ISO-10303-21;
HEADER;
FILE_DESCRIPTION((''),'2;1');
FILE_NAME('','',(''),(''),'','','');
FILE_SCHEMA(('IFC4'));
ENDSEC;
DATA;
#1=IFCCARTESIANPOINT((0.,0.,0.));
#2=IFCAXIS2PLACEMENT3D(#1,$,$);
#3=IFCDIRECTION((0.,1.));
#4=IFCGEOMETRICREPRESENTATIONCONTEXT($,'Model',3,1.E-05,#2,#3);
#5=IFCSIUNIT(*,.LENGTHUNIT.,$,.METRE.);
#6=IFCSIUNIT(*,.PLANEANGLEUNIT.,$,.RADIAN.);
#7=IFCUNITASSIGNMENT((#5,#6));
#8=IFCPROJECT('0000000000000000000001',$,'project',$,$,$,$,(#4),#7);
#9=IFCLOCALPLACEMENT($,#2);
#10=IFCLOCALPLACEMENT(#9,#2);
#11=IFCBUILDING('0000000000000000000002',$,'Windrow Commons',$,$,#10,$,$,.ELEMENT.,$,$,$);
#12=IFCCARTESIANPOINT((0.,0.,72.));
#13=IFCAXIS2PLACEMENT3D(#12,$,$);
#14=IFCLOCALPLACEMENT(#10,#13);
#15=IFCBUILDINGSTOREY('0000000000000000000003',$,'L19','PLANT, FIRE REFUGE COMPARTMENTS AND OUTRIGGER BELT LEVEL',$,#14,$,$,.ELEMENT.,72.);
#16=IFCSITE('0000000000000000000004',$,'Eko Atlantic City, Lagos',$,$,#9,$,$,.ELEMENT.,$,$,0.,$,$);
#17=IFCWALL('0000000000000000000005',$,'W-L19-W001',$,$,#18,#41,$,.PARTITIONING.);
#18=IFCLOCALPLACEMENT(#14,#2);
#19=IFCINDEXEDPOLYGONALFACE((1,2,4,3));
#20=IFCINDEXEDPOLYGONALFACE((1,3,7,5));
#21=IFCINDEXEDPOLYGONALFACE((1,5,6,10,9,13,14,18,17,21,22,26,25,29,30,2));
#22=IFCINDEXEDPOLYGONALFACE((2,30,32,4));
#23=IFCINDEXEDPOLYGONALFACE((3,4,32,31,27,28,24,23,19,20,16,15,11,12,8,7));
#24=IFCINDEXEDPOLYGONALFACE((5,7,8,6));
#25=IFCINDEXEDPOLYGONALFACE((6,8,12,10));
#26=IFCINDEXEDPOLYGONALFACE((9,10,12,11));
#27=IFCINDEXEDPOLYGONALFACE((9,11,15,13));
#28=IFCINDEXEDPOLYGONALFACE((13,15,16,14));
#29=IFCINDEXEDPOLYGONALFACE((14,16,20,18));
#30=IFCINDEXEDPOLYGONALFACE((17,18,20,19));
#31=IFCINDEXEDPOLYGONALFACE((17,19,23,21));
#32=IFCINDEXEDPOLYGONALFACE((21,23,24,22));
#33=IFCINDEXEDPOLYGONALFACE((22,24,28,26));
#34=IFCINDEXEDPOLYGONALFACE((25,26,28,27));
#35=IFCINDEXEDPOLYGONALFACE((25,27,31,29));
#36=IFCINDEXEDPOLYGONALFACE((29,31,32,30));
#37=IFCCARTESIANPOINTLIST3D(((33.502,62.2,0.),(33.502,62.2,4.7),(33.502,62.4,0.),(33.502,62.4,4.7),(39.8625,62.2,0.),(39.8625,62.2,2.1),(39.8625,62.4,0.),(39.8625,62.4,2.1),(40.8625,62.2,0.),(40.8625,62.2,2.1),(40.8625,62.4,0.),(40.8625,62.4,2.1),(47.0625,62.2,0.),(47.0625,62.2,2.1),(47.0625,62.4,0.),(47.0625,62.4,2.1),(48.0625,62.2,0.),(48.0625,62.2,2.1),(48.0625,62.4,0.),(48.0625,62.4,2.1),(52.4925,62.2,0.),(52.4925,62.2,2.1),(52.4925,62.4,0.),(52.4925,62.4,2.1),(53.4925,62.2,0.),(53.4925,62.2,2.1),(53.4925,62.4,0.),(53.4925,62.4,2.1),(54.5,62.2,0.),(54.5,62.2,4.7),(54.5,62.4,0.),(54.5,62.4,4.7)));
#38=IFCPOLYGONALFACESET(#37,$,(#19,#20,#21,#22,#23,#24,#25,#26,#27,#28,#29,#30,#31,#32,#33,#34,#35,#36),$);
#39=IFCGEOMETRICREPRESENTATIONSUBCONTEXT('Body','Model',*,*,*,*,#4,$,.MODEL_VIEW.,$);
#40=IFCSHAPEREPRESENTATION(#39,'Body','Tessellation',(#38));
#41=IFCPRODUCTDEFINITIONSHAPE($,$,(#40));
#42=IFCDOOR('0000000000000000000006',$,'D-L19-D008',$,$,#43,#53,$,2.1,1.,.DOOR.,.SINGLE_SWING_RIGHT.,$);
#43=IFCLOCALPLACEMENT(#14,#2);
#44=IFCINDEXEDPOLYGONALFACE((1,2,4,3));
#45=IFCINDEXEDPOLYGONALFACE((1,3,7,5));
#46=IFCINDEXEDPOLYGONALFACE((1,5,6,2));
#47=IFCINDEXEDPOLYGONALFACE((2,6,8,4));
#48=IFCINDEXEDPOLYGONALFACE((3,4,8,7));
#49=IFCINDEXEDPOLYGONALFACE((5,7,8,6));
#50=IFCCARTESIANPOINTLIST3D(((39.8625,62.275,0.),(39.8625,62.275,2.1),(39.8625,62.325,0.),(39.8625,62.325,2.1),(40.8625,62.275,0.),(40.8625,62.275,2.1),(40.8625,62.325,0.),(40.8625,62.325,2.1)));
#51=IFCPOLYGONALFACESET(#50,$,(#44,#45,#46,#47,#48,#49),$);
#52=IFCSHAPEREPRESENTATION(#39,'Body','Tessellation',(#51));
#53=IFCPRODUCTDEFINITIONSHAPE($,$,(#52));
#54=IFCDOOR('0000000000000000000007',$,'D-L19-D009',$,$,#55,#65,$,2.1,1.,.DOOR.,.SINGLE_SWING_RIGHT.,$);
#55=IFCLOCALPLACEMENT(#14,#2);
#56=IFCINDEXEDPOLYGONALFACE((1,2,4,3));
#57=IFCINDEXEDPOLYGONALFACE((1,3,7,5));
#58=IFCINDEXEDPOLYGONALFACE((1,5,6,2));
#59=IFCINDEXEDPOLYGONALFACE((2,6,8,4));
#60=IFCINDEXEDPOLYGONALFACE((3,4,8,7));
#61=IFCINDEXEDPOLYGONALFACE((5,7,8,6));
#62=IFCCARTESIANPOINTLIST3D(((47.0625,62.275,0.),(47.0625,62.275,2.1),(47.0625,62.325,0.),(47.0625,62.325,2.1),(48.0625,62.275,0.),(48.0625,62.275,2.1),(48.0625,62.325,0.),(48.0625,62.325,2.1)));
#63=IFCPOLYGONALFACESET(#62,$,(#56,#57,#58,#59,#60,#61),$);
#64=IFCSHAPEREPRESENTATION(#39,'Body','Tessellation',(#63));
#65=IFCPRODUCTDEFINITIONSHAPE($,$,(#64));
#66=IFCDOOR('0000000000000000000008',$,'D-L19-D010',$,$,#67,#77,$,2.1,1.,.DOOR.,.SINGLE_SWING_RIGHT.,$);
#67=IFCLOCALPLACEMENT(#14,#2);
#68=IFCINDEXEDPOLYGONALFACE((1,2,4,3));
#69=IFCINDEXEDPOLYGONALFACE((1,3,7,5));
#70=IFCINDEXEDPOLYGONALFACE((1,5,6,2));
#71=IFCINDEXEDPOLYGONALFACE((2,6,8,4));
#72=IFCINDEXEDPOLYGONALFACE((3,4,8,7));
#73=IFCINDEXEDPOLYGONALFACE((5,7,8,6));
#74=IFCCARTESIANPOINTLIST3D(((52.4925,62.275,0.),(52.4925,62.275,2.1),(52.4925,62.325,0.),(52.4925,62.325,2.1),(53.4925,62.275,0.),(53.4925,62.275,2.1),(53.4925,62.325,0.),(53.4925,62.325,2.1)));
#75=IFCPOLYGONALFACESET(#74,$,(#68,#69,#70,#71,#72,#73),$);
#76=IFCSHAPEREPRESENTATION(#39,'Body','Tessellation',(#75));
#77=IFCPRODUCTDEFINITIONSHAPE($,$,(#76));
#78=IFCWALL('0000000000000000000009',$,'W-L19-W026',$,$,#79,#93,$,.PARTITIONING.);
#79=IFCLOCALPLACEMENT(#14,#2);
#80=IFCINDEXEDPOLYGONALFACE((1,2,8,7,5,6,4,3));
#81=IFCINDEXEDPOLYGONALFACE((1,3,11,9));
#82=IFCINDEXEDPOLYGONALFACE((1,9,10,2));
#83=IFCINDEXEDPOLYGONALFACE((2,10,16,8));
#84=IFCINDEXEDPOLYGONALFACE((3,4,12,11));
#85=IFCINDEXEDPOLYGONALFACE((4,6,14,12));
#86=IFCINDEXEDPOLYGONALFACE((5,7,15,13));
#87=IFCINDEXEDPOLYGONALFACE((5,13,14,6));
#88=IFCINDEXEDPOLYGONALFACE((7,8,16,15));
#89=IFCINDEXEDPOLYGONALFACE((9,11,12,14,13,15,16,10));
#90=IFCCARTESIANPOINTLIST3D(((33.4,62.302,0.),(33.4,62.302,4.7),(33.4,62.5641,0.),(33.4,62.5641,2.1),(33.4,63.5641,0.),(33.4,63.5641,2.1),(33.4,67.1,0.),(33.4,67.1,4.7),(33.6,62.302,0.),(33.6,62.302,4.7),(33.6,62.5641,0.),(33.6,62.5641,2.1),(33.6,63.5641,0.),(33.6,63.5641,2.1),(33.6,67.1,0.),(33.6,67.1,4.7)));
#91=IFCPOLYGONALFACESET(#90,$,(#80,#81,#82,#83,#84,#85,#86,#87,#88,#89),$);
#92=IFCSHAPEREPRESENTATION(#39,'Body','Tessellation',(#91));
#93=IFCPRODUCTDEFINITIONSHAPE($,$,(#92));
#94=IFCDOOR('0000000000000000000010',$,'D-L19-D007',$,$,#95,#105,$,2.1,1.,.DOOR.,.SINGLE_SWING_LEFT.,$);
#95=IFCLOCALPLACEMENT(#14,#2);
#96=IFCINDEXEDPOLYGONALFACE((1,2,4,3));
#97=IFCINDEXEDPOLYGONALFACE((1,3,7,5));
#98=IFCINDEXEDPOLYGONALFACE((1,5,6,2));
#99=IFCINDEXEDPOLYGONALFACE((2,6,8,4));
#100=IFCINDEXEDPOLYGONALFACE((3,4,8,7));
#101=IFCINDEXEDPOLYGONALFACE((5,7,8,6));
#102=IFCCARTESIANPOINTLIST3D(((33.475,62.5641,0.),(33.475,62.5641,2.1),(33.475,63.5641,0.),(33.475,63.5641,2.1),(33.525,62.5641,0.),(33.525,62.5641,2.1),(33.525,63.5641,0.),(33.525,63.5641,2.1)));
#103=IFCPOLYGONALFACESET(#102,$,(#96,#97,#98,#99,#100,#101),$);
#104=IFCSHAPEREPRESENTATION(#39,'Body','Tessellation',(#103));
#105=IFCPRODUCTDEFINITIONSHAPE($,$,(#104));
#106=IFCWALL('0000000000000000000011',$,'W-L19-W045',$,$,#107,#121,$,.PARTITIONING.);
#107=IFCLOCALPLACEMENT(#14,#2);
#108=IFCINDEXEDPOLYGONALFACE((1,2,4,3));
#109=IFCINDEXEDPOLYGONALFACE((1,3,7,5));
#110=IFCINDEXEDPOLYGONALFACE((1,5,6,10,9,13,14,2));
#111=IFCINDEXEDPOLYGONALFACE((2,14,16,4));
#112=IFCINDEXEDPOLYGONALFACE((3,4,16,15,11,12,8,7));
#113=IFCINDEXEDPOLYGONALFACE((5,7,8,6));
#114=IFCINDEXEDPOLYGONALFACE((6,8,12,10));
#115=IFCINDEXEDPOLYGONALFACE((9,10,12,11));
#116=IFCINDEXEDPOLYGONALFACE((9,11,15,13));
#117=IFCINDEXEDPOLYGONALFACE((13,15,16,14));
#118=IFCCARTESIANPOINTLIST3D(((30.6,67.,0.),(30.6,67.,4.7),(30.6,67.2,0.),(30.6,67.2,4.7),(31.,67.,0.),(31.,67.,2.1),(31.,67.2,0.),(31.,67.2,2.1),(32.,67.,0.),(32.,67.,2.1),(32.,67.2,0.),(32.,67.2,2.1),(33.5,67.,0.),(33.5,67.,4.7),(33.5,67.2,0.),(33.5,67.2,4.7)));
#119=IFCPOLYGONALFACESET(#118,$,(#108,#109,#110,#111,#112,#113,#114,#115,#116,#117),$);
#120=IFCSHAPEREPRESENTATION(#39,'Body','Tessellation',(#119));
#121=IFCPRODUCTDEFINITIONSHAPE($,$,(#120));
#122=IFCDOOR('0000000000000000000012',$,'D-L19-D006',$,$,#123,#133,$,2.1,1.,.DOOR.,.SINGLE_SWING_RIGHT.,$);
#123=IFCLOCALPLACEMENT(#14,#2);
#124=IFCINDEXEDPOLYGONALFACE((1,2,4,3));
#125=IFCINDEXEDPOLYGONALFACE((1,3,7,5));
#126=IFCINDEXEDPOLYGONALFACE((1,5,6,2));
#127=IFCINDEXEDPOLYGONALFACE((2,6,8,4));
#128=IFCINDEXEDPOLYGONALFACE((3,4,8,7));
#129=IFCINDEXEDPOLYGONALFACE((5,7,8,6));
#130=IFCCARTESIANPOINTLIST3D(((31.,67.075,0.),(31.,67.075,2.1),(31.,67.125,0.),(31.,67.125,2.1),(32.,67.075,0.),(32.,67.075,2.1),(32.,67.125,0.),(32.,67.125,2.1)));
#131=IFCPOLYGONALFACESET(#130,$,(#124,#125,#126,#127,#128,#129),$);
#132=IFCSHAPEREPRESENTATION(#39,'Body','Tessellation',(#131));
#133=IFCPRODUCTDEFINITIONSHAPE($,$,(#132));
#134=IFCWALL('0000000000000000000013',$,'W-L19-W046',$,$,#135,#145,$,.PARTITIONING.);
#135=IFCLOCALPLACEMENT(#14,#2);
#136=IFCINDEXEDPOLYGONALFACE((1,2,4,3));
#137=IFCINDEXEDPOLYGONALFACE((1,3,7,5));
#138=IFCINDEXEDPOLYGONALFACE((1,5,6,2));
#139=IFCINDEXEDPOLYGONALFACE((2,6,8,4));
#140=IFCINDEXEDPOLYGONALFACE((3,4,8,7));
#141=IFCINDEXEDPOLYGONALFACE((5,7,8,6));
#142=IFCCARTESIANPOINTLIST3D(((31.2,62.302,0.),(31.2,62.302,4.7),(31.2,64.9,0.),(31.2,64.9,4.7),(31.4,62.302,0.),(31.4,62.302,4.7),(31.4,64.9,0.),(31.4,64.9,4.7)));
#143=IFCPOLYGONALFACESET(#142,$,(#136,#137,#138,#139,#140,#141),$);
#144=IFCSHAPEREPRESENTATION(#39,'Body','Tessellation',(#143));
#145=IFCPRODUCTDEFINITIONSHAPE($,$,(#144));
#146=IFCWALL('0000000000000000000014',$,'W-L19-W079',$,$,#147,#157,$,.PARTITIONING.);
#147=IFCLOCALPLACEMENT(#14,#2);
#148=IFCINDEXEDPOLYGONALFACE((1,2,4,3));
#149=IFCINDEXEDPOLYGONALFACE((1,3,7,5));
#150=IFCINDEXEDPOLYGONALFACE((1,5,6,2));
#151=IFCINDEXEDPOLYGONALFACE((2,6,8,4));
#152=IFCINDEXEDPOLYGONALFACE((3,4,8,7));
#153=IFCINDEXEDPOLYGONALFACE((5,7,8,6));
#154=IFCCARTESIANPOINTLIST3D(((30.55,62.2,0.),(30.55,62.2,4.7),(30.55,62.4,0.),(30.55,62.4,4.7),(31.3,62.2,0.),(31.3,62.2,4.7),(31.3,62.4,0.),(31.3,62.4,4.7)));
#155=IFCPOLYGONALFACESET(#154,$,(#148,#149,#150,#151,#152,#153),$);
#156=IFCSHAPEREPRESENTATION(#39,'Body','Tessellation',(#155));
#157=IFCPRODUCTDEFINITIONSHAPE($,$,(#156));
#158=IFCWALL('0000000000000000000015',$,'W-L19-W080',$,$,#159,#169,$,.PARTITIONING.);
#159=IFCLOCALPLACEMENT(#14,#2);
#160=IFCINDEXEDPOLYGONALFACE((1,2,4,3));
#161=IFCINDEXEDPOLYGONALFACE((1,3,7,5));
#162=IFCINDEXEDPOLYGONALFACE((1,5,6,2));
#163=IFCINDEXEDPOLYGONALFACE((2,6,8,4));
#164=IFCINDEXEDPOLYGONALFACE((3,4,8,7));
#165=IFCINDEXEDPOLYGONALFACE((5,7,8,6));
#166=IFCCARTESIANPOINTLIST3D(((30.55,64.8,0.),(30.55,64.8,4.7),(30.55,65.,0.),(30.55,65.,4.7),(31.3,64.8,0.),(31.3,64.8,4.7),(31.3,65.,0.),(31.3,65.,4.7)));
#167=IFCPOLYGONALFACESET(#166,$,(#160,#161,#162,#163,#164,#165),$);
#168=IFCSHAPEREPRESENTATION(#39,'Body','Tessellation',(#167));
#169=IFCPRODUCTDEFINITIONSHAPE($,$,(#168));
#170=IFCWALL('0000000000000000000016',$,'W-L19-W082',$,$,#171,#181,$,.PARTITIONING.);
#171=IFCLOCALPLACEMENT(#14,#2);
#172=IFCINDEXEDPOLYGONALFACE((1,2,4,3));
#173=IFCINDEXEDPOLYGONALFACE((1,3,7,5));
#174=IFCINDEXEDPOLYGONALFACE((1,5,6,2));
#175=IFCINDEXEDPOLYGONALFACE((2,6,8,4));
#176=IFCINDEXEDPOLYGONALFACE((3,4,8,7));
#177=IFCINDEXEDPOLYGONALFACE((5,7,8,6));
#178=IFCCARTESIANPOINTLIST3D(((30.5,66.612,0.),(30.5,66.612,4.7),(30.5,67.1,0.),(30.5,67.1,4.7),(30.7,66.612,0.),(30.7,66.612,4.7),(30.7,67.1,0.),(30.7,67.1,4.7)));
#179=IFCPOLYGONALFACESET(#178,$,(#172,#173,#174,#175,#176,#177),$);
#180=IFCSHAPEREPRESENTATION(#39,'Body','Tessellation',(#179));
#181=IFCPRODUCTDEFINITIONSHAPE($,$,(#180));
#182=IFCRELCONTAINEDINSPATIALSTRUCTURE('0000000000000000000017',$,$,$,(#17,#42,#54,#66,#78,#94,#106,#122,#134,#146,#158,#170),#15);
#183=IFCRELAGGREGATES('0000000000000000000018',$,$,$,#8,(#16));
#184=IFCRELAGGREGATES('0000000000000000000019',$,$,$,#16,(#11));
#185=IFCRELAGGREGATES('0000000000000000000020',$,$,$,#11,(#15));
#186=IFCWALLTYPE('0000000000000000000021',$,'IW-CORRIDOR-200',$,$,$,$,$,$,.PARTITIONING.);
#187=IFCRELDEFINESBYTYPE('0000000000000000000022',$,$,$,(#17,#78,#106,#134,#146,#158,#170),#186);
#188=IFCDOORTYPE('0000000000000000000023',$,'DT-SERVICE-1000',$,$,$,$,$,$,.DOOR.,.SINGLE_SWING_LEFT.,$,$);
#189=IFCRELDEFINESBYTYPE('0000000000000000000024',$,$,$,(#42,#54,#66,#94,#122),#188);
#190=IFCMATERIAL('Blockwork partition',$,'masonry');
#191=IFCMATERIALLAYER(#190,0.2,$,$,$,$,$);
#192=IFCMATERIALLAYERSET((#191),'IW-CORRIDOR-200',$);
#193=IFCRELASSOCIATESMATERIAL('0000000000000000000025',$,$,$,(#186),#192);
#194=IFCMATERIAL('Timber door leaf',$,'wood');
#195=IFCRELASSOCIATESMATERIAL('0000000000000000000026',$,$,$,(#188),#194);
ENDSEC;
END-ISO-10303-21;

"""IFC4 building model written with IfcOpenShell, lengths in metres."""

from ifc_helpers import new_model, si_unit, direction, frame, frame_2d, origin, place, context, subcontext, project, spatial, rectangle, extrude, material, layer, layer_set, type_object, element, fill, save


model = new_model("IFC4")

# Units and contexts
model_context = context("Model", 3, precision=1e-05, world=origin(), true_north=direction((0.0, 1.0)))
body_context = subcontext(model_context, "Body", "Model", "MODEL_VIEW")
ifc_project = project(units=[si_unit("LENGTHUNIT", "METRE"), si_unit("PLANEANGLEUNIT", "RADIAN")], contexts=[model_context])

# Site, building, storey
site_placement = place(None, origin())
site = spatial("IfcSite", under=ifc_project, at=site_placement, Name="Eko Atlantic City, Lagos", CompositionType="ELEMENT", RefElevation=0.0)
building_placement = place(site_placement, origin())
building = spatial("IfcBuilding", under=site, at=building_placement, Name="Windrow Commons", CompositionType="ELEMENT")
storey_placement = place(building_placement, frame((0.0, 0.0, 72.0)))
storey = spatial("IfcBuildingStorey", under=building, at=storey_placement, Name="L19", Description="PLANT, FIRE REFUGE COMPARTMENTS AND OUTRIGGER BELT LEVEL", CompositionType="ELEMENT", Elevation=72.0)

# Wall, openings, doors
ifc_material_1 = material(Name="Blockwork partition", Category="masonry")
ifc_layer_1 = layer(ifc_material_1, 0.2)
ifc_layer_set_1 = layer_set([ifc_layer_1], Name="IW-CORRIDOR-200")
wall_type_1 = type_object("IfcWallType", Name="IW-CORRIDOR-200", PredefinedType="PARTITIONING", material=ifc_layer_set_1)
wall_1_placement = place(storey_placement, frame((33.502, 62.3, 0.0), z_axis=(0.0, 0.0, 1.0), x_axis=(1.0, 0.0, 0.0)))
wall_1 = element("IfcWall", 1, at=wall_1_placement, inside=storey, type_object=wall_type_1, Name="W-L19-W001", PredefinedType="PARTITIONING", context=body_context, shape_type="SweptSolid", body=[
    extrude(rectangle(XDim=20.998, YDim=0.2, at=frame_2d((10.499, 0.0))), origin(), (0.0, 0.0, 1.0), 4.7),
])
opening_1_placement = place(wall_1_placement, frame((6.3605, 0.0, 0.0)))
opening_1 = element("IfcOpeningElement", 2, at=opening_1_placement, cuts=wall_1, PredefinedType="OPENING", context=body_context, shape_type="SweptSolid", body=[
    extrude(rectangle(XDim=1.0, YDim=2.1, at=frame_2d((0.5, 1.05))), frame((0.0, 0.11, 0.0), z_axis=(0.0, -1.0, 0.0), x_axis=(1.0, 0.0, 0.0)), (0.0, 0.0, 1.0), 0.22),
])
opening_2_placement = place(wall_1_placement, frame((13.5605, 0.0, 0.0)))
opening_2 = element("IfcOpeningElement", 3, at=opening_2_placement, cuts=wall_1, PredefinedType="OPENING", context=body_context, shape_type="SweptSolid", body=[
    extrude(rectangle(XDim=1.0, YDim=2.1, at=frame_2d((0.5, 1.05))), frame((0.0, 0.11, 0.0), z_axis=(0.0, -1.0, 0.0), x_axis=(1.0, 0.0, 0.0)), (0.0, 0.0, 1.0), 0.22),
])
opening_3_placement = place(wall_1_placement, frame((18.9905, 0.0, 0.0)))
opening_3 = element("IfcOpeningElement", 4, at=opening_3_placement, cuts=wall_1, PredefinedType="OPENING", context=body_context, shape_type="SweptSolid", body=[
    extrude(rectangle(XDim=1.0, YDim=2.1, at=frame_2d((0.5, 1.05))), frame((0.0, 0.11, 0.0), z_axis=(0.0, -1.0, 0.0), x_axis=(1.0, 0.0, 0.0)), (0.0, 0.0, 1.0), 0.22),
])
ifc_material_2 = material(Name="Timber door leaf", Category="wood")
door_type = type_object("IfcDoorType", Name="DT-SERVICE-1000", OperationType="SINGLE_SWING_LEFT", PredefinedType="DOOR", material=ifc_material_2)
door_1_placement = place(opening_1_placement, origin())
door_1 = element("IfcDoor", 5, at=door_1_placement, inside=storey, type_object=door_type, Name="D-L19-D008", OperationType="SINGLE_SWING_RIGHT", OverallHeight=2.1, OverallWidth=1.0, PredefinedType="DOOR", context=body_context, shape_type="SweptSolid", body=[
    extrude(rectangle(XDim=1.0, YDim=2.1, at=frame_2d((0.5, 1.05))), frame((0.0, 0.025, 0.0), z_axis=(0.0, -1.0, 0.0), x_axis=(1.0, 0.0, 0.0)), (0.0, 0.0, 1.0), 0.05),
])
fill(opening_1, door_1)
door_2_placement = place(opening_2_placement, origin())
door_2 = element("IfcDoor", 6, at=door_2_placement, inside=storey, type_object=door_type, Name="D-L19-D009", OperationType="SINGLE_SWING_RIGHT", OverallHeight=2.1, OverallWidth=1.0, PredefinedType="DOOR", context=body_context, shape_type="SweptSolid", body=[
    extrude(rectangle(XDim=1.0, YDim=2.1, at=frame_2d((0.5, 1.05))), frame((0.0, 0.025, 0.0), z_axis=(0.0, -1.0, 0.0), x_axis=(1.0, 0.0, 0.0)), (0.0, 0.0, 1.0), 0.05),
])
fill(opening_2, door_2)
door_3_placement = place(opening_3_placement, origin())
door_3 = element("IfcDoor", 7, at=door_3_placement, inside=storey, type_object=door_type, Name="D-L19-D010", OperationType="SINGLE_SWING_RIGHT", OverallHeight=2.1, OverallWidth=1.0, PredefinedType="DOOR", context=body_context, shape_type="SweptSolid", body=[
    extrude(rectangle(XDim=1.0, YDim=2.1, at=frame_2d((0.5, 1.05))), frame((0.0, 0.025, 0.0), z_axis=(0.0, -1.0, 0.0), x_axis=(1.0, 0.0, 0.0)), (0.0, 0.0, 1.0), 0.05),
])
fill(opening_3, door_3)

# Walls, openings, doors
wall_2_placement = place(storey_placement, frame((33.5, 62.302, 0.0), z_axis=(0.0, 0.0, 1.0), x_axis=(0.0, 1.0, 0.0)))
wall_2 = element("IfcWall", 8, at=wall_2_placement, inside=storey, type_object=wall_type_1, Name="W-L19-W026", PredefinedType="PARTITIONING", context=body_context, shape_type="SweptSolid", body=[
    extrude(rectangle(XDim=4.798, YDim=0.2, at=frame_2d((2.399, 0.0))), origin(), (0.0, 0.0, 1.0), 4.7),
])
opening_4_placement = place(wall_2_placement, frame((0.2621, 0.0, 0.0)))
opening_4 = element("IfcOpeningElement", 9, at=opening_4_placement, cuts=wall_2, PredefinedType="OPENING", context=body_context, shape_type="SweptSolid", body=[
    extrude(rectangle(XDim=1.0, YDim=2.1, at=frame_2d((0.5, 1.05))), frame((0.0, 0.11, 0.0), z_axis=(0.0, -1.0, 0.0), x_axis=(1.0, 0.0, 0.0)), (0.0, 0.0, 1.0), 0.22),
])
door_4_placement = place(opening_4_placement, origin())
door_4 = element("IfcDoor", 10, at=door_4_placement, inside=storey, type_object=door_type, Name="D-L19-D007", OperationType="SINGLE_SWING_LEFT", OverallHeight=2.1, OverallWidth=1.0, PredefinedType="DOOR", context=body_context, shape_type="SweptSolid", body=[
    extrude(rectangle(XDim=1.0, YDim=2.1, at=frame_2d((0.5, 1.05))), frame((0.0, 0.025, 0.0), z_axis=(0.0, -1.0, 0.0), x_axis=(1.0, 0.0, 0.0)), (0.0, 0.0, 1.0), 0.05),
])
fill(opening_4, door_4)
wall_3_placement = place(storey_placement, frame((30.6, 67.1, 0.0), z_axis=(0.0, 0.0, 1.0), x_axis=(1.0, 0.0, 0.0)))
wall_3 = element("IfcWall", 11, at=wall_3_placement, inside=storey, type_object=wall_type_1, Name="W-L19-W045", PredefinedType="PARTITIONING", context=body_context, shape_type="SweptSolid", body=[
    extrude(rectangle(XDim=2.9, YDim=0.2, at=frame_2d((1.45, 0.0))), origin(), (0.0, 0.0, 1.0), 4.7),
])
opening_5_placement = place(wall_3_placement, frame((0.4, 0.0, 0.0)))
opening_5 = element("IfcOpeningElement", 12, at=opening_5_placement, cuts=wall_3, PredefinedType="OPENING", context=body_context, shape_type="SweptSolid", body=[
    extrude(rectangle(XDim=1.0, YDim=2.1, at=frame_2d((0.5, 1.05))), frame((0.0, 0.11, 0.0), z_axis=(0.0, -1.0, 0.0), x_axis=(1.0, 0.0, 0.0)), (0.0, 0.0, 1.0), 0.22),
])
door_5_placement = place(opening_5_placement, origin())
door_5 = element("IfcDoor", 13, at=door_5_placement, inside=storey, type_object=door_type, Name="D-L19-D006", OperationType="SINGLE_SWING_RIGHT", OverallHeight=2.1, OverallWidth=1.0, PredefinedType="DOOR", context=body_context, shape_type="SweptSolid", body=[
    extrude(rectangle(XDim=1.0, YDim=2.1, at=frame_2d((0.5, 1.05))), frame((0.0, 0.025, 0.0), z_axis=(0.0, -1.0, 0.0), x_axis=(1.0, 0.0, 0.0)), (0.0, 0.0, 1.0), 0.05),
])
fill(opening_5, door_5)

# Walls
wall_4_placement = place(storey_placement, frame((31.3, 62.302, 0.0), z_axis=(0.0, 0.0, 1.0), x_axis=(0.0, 1.0, 0.0)))
element("IfcWall", 14, at=wall_4_placement, inside=storey, type_object=wall_type_1, Name="W-L19-W046", PredefinedType="PARTITIONING", context=body_context, shape_type="SweptSolid", body=[
    extrude(rectangle(XDim=2.598, YDim=0.2, at=frame_2d((1.299, 0.0))), origin(), (0.0, 0.0, 1.0), 4.7),
])
for number, where, z_axis, x_axis, name in (
    (15, (30.55, 62.3, 0.0), (0.0, 0.0, 1.0), (1.0, 0.0, 0.0), "W-L19-W079"),
    (16, (30.55, 64.9, 0.0), (0.0, 0.0, 1.0), (1.0, 0.0, 0.0), "W-L19-W080"),
):
    element("IfcWall", number, at=place(storey_placement, frame(where, z_axis=z_axis, x_axis=x_axis)), inside=storey, type_object=wall_type_1, Name=name, PredefinedType="PARTITIONING", context=body_context, shape_type="SweptSolid", body=[
        extrude(rectangle(XDim=0.75, YDim=0.2, at=frame_2d((0.375, 0.0))), origin(), (0.0, 0.0, 1.0), 4.7),
    ])
wall_5_placement = place(storey_placement, frame((30.6, 66.612, 0.0), z_axis=(0.0, 0.0, 1.0), x_axis=(0.0, 1.0, 0.0)))
element("IfcWall", 17, at=wall_5_placement, inside=storey, type_object=wall_type_1, Name="W-L19-W082", PredefinedType="PARTITIONING", context=body_context, shape_type="SweptSolid", body=[
    extrude(rectangle(XDim=0.488, YDim=0.2, at=frame_2d((0.244, 0.0))), origin(), (0.0, 0.0, 1.0), 4.7),
])

save(model, "model.ifc")
